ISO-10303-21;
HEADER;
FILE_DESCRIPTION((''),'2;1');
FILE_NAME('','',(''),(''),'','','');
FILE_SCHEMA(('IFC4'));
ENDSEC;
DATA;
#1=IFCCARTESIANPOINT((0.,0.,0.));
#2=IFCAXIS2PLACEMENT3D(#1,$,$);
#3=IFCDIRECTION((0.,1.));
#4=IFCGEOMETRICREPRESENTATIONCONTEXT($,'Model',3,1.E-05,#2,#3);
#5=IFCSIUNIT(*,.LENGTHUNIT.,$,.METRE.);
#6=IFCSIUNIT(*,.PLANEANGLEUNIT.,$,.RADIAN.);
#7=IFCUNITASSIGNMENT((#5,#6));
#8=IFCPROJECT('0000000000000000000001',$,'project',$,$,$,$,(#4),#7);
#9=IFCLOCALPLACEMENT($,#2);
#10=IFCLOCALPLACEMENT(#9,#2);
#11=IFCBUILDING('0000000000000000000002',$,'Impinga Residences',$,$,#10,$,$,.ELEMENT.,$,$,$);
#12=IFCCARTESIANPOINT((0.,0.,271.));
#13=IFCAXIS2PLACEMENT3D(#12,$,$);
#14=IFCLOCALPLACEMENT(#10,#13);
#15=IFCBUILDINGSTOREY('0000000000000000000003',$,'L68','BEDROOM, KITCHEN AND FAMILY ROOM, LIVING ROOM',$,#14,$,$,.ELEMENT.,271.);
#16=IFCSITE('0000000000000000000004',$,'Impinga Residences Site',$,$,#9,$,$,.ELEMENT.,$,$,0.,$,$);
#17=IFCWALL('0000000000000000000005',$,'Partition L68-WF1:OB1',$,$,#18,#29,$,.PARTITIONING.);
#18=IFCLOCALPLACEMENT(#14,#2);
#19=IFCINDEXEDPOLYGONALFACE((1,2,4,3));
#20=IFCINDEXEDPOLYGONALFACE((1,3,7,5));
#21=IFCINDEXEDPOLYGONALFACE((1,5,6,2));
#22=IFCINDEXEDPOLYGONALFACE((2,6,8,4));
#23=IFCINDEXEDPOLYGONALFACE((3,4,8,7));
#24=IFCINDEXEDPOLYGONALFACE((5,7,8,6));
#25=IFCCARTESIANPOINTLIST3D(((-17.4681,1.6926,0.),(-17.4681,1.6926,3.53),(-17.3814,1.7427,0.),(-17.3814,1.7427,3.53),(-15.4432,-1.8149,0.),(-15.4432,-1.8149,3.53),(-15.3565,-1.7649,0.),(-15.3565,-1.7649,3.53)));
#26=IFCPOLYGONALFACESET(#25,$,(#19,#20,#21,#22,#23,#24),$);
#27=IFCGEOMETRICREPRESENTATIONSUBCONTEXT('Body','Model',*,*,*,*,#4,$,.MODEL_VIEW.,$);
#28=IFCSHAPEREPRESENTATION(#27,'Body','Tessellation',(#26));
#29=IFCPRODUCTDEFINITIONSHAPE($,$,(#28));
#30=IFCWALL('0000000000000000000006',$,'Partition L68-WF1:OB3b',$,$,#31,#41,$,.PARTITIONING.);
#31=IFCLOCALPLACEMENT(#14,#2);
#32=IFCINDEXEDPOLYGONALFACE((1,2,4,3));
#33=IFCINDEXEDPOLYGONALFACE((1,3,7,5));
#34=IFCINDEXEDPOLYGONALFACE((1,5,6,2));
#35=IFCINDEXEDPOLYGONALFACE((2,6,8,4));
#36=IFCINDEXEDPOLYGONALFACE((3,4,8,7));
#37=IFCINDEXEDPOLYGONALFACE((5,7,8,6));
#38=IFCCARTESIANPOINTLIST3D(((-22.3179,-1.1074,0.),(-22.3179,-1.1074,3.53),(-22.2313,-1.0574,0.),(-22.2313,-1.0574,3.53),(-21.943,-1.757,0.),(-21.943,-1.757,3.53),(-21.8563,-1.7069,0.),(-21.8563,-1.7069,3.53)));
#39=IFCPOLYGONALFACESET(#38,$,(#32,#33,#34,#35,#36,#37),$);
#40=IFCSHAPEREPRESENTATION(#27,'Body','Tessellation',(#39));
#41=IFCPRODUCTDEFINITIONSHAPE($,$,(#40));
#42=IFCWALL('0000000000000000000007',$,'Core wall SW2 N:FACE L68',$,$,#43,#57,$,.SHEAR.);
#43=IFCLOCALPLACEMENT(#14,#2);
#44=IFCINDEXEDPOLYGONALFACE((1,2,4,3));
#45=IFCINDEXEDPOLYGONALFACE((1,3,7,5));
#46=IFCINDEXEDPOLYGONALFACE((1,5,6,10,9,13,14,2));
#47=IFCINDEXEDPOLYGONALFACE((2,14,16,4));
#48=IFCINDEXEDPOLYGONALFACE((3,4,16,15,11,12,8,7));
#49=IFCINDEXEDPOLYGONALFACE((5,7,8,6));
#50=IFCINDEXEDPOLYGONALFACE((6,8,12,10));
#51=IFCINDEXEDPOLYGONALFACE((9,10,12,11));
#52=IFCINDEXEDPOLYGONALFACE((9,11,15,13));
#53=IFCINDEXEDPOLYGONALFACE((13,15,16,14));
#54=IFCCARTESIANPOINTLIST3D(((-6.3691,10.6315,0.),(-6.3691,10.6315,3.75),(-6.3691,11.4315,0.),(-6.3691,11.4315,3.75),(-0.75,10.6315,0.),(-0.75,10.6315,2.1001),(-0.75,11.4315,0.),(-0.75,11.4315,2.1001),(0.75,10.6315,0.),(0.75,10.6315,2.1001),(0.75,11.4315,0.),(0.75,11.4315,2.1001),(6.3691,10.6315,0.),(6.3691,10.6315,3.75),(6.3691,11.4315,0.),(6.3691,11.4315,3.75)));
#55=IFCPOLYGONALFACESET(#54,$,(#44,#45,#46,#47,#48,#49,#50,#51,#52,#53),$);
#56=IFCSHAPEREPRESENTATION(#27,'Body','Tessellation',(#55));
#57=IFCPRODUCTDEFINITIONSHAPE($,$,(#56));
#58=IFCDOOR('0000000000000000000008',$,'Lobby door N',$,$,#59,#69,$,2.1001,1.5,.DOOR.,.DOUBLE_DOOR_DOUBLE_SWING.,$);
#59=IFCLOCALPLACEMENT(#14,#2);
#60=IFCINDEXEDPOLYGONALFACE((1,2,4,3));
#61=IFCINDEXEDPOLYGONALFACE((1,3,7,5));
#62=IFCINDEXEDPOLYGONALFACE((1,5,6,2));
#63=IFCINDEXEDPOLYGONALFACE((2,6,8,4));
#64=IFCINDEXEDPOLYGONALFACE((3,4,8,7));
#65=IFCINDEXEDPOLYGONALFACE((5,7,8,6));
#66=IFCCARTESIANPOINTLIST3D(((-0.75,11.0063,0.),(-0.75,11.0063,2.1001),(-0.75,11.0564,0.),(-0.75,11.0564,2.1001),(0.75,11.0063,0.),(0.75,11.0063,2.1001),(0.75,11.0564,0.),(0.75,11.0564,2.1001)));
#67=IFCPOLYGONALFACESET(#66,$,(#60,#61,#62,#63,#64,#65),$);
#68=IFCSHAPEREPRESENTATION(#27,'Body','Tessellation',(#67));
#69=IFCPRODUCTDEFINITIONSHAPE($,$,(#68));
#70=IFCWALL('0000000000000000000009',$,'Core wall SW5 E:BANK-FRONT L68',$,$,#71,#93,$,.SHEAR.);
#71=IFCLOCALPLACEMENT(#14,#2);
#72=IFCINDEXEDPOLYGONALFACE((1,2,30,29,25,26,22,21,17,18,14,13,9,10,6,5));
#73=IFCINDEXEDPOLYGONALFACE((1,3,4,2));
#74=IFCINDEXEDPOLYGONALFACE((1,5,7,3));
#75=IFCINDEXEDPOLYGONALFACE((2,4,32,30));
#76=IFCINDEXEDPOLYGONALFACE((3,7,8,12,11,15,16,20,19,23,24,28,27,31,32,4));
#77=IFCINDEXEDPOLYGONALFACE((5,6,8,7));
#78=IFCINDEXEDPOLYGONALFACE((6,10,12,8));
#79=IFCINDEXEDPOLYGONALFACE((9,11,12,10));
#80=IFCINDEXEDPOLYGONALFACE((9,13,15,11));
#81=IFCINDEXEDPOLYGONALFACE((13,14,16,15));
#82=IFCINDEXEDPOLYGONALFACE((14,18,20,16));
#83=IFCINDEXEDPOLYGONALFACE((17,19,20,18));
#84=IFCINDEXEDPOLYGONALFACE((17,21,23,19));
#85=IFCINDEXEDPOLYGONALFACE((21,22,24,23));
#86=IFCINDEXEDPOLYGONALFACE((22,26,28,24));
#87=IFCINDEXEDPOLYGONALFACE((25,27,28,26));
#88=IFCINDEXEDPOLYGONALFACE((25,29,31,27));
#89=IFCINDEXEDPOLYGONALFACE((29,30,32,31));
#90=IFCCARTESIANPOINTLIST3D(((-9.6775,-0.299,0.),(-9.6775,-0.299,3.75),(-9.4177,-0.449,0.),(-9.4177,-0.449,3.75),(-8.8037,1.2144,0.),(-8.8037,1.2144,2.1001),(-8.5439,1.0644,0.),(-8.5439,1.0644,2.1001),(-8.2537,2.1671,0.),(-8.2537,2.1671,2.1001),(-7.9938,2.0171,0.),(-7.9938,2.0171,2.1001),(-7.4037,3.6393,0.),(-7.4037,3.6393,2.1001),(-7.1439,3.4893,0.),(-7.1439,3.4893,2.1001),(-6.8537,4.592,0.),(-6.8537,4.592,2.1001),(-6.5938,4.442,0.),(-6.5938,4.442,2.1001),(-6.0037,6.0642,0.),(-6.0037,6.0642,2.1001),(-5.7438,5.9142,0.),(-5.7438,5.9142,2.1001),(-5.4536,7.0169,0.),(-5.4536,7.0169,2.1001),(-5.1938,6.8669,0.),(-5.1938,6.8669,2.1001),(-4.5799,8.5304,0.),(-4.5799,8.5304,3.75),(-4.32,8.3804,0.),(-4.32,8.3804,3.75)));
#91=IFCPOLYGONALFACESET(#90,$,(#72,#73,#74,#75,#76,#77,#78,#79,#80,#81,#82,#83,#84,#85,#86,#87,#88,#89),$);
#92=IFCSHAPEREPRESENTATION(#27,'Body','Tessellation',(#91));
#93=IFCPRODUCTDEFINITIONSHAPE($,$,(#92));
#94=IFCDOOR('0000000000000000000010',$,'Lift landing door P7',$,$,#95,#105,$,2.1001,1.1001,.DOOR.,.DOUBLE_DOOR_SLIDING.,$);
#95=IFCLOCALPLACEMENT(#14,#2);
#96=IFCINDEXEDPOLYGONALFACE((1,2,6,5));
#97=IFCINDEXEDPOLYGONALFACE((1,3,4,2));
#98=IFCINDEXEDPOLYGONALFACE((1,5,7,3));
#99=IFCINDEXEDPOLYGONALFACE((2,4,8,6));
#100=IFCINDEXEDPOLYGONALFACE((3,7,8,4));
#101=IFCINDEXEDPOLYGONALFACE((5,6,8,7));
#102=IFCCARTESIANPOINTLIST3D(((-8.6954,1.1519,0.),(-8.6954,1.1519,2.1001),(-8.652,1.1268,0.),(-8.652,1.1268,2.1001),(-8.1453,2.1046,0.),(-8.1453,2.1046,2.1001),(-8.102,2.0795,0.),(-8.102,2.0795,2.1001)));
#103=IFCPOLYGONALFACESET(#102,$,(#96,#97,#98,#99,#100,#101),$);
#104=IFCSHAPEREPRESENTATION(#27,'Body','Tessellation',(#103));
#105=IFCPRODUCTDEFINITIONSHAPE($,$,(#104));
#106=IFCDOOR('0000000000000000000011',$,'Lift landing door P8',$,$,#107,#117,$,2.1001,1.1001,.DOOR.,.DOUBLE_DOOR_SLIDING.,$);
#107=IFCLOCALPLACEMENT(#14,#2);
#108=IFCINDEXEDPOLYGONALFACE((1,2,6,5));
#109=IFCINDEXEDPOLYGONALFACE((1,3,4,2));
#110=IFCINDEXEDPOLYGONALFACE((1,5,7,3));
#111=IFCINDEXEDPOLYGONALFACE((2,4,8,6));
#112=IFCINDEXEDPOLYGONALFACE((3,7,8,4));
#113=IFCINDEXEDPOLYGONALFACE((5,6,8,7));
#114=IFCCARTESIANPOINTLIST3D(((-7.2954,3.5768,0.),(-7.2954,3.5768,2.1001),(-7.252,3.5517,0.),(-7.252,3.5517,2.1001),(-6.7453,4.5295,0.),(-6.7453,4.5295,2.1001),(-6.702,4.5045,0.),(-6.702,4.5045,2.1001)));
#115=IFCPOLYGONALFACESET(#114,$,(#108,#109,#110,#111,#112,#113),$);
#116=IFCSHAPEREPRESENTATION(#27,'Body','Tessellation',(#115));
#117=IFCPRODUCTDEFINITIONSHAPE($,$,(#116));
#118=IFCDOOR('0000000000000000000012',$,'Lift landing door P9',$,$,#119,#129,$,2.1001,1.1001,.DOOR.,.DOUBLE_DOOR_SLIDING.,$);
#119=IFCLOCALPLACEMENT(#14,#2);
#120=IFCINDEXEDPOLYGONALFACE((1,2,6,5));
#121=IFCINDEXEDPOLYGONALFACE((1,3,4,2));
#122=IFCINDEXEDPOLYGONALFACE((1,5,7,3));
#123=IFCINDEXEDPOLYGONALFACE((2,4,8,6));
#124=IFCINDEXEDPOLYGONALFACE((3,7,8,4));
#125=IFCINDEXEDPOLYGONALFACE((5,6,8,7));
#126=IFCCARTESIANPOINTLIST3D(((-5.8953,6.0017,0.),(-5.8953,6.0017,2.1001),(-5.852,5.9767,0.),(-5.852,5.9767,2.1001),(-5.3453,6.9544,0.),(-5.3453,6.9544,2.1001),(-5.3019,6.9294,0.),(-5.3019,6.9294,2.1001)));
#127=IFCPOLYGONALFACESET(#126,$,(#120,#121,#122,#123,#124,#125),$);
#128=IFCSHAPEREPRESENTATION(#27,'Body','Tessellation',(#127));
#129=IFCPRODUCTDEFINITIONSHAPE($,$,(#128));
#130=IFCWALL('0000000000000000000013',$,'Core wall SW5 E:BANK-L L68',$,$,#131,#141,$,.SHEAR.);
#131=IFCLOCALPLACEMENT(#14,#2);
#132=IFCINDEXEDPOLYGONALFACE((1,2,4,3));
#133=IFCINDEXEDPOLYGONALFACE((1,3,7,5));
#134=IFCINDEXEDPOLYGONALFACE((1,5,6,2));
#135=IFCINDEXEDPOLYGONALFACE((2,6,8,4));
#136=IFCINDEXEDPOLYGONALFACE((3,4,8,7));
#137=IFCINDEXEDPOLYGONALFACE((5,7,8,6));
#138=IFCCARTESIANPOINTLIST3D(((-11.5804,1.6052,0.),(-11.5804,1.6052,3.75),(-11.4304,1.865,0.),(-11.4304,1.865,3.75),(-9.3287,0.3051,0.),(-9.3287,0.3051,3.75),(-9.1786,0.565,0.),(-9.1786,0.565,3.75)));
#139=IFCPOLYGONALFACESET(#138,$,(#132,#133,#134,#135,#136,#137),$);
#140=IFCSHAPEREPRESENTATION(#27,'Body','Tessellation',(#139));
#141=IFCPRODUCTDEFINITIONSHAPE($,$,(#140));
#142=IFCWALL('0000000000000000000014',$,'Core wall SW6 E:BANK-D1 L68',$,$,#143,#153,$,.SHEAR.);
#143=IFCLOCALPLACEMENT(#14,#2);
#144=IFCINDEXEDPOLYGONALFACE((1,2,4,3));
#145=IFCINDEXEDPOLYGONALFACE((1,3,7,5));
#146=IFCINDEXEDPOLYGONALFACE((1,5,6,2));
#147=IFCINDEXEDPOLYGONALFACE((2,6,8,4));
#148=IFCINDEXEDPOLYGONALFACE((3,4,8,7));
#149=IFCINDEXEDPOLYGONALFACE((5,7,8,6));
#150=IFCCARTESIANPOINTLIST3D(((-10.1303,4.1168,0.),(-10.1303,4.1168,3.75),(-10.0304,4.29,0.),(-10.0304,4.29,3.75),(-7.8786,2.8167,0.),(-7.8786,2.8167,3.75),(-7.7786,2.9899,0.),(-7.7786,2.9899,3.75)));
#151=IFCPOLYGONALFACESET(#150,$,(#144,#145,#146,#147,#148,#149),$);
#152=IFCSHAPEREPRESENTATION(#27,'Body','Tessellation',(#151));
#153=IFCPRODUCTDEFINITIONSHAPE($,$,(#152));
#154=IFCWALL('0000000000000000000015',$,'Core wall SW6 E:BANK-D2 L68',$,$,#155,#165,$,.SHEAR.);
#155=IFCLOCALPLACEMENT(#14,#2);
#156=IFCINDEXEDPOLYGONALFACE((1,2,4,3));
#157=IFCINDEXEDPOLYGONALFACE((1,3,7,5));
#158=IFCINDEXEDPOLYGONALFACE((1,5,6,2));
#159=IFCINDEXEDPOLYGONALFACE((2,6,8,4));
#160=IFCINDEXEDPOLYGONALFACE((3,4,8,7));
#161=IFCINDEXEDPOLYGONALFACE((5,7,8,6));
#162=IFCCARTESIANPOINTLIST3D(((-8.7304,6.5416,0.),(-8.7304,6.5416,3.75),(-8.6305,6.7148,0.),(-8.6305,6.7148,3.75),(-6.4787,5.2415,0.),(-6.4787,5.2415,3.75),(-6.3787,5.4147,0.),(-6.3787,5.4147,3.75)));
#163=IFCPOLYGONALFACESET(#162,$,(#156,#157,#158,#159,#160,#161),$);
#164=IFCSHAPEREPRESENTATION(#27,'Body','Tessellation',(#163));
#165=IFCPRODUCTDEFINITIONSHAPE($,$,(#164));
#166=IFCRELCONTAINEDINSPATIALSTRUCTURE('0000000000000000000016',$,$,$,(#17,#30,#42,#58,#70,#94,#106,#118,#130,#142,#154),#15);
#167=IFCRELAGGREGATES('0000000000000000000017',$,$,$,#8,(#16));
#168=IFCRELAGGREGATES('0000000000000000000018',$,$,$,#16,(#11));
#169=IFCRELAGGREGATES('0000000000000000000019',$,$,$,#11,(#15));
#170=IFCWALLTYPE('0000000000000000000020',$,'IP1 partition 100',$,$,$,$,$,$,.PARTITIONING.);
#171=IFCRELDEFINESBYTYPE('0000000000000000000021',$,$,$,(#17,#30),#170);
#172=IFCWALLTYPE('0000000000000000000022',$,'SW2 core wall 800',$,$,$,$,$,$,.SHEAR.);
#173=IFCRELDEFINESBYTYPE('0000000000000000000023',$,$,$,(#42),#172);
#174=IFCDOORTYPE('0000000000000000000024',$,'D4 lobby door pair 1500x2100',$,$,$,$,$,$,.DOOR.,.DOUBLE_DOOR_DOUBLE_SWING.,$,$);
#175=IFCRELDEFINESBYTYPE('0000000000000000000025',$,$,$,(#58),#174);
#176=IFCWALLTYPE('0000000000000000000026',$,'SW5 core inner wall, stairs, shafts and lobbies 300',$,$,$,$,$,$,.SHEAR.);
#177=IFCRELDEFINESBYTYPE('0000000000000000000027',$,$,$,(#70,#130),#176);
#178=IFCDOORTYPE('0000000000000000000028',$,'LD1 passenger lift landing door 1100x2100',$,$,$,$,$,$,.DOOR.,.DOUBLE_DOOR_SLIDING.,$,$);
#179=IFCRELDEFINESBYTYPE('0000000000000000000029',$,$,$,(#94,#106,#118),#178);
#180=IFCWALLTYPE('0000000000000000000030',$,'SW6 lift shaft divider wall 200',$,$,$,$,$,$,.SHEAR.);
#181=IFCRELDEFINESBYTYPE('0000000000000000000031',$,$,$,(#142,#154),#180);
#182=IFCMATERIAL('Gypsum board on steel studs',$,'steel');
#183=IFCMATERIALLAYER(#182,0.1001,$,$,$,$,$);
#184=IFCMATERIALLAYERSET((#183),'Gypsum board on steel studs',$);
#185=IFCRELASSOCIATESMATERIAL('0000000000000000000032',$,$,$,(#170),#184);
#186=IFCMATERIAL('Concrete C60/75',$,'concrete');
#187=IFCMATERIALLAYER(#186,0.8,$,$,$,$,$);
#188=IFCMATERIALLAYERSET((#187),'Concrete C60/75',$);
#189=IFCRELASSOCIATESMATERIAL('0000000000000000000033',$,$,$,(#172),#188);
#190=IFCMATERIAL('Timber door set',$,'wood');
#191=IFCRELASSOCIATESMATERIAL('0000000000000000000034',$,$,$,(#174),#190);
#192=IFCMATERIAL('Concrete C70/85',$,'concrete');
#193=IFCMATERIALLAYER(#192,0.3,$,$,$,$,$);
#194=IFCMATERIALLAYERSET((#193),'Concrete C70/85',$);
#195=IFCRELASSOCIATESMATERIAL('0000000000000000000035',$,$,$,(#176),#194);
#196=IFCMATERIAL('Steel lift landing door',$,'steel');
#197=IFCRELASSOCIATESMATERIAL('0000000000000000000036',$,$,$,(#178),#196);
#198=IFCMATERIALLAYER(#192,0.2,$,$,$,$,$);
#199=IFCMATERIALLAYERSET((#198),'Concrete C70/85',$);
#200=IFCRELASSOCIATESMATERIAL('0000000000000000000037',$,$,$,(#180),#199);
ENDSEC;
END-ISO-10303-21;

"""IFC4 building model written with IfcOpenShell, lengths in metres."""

from ifc_helpers import new_model, si_unit, direction, frame, frame_2d, origin, place, context, subcontext, project, spatial, rectangle, extrude, material, layer, layer_set, type_object, element, fill, save


model = new_model("IFC4")

# Units and contexts
model_context = context("Model", 3, precision=1e-05, world=origin(), true_north=direction((0.0, 1.0)))
body_context = subcontext(model_context, "Body", "Model", "MODEL_VIEW")
ifc_project = project(units=[si_unit("LENGTHUNIT", "METRE"), si_unit("PLANEANGLEUNIT", "RADIAN")], contexts=[model_context])

# Site, building, storey
site_placement = place(None, origin())
site = spatial("IfcSite", under=ifc_project, at=site_placement, Name="Impinga Residences Site", CompositionType="ELEMENT", RefElevation=0.0)
building_placement = place(site_placement, origin())
building = spatial("IfcBuilding", under=site, at=building_placement, Name="Impinga Residences", CompositionType="ELEMENT")
storey_placement = place(building_placement, frame((0.0, 0.0, 271.0)))
storey = spatial("IfcBuildingStorey", under=building, at=storey_placement, Name="L68", Description="BEDROOM, KITCHEN AND FAMILY ROOM, LIVING ROOM", CompositionType="ELEMENT", Elevation=271.0)

# Shared definitions
ifc_material_1 = material(Name="Concrete C60/75", Category="concrete")

# Shared definitions
ifc_material_2 = material(Name="Gypsum board on steel studs", Category="steel")
ifc_layer_1 = layer(ifc_material_2, 0.1001)
ifc_layer_set_1 = layer_set([ifc_layer_1], Name="Gypsum board on steel studs")
wall_type_1 = type_object("IfcWallType", Name="IP1 partition 100", PredefinedType="PARTITIONING", material=ifc_layer_set_1)

# Shared definitions
ifc_material_3 = material(Name="Timber door set", Category="wood")

# Walls
wall_1_placement = place(storey_placement, frame((-15.3999, -1.7898, 0.0), z_axis=(0.0, 0.0, 1.0), x_axis=(-0.499964, 0.866046, 0.0)))
element("IfcWall", 1, at=wall_1_placement, inside=storey, type_object=wall_type_1, Name="Partition L68-WF1:OB1", PredefinedType="PARTITIONING", context=body_context, shape_type="SweptSolid", body=[
    extrude(rectangle(XDim=4.05, YDim=0.1001, at=frame_2d((2.0249, 0.0))), origin(), (0.0, 0.0, 1.0), 3.53),
])
wall_2_placement = place(storey_placement, frame((-21.8997, -1.7319, 0.0), z_axis=(0.0, 0.0, 1.0), x_axis=(-0.49992, 0.866072, 0.0)))
element("IfcWall", 2, at=wall_2_placement, inside=storey, type_object=wall_type_1, Name="Partition L68-WF1:OB3b", PredefinedType="PARTITIONING", context=body_context, shape_type="SweptSolid", body=[
    extrude(rectangle(XDim=0.75, YDim=0.1001, at=frame_2d((0.375, 0.0))), origin(), (0.0, 0.0, 1.0), 3.53),
])

# Wall, opening, door
ifc_layer_2 = layer(ifc_material_1, 0.8)
ifc_layer_set_2 = layer_set([ifc_layer_2], Name="Concrete C60/75")
wall_type_2 = type_object("IfcWallType", Name="SW2 core wall 800", PredefinedType="SHEAR", material=ifc_layer_set_2)
wall_3_placement = place(storey_placement, frame((-6.3691, 11.0315, 0.0), z_axis=(0.0, 0.0, 1.0), x_axis=(1.0, 0.0, 0.0)))
wall_3 = element("IfcWall", 3, at=wall_3_placement, inside=storey, type_object=wall_type_2, Name="Core wall SW2 N:FACE L68", PredefinedType="SHEAR", context=body_context, shape_type="SweptSolid", body=[
    extrude(rectangle(XDim=12.7383, YDim=0.8, at=frame_2d((6.3691, 0.0))), origin(), (0.0, 0.0, 1.0), 3.75),
])
opening_1_placement = place(wall_3_placement, frame((5.6191, 0.0, 0.0)))
opening_1 = element("IfcOpeningElement", 4, at=opening_1_placement, cuts=wall_3, PredefinedType="OPENING", context=body_context, shape_type="SweptSolid", body=[
    extrude(rectangle(XDim=1.5, YDim=2.1001, at=frame_2d((0.75, 1.05))), frame((0.0, 0.4099, 0.0), z_axis=(0.0, -1.0, 0.0), x_axis=(1.0, 0.0, 0.0)), (0.0, 0.0, 1.0), 0.8201),
])
door_type_1 = type_object("IfcDoorType", Name="D4 lobby door pair 1500x2100", OperationType="DOUBLE_DOOR_DOUBLE_SWING", PredefinedType="DOOR", material=ifc_material_3)
door_1_placement = place(opening_1_placement, origin())
door_1 = element("IfcDoor", 5, at=door_1_placement, inside=storey, type_object=door_type_1, Name="Lobby door N", OperationType="DOUBLE_DOOR_DOUBLE_SWING", OverallHeight=2.1001, OverallWidth=1.5, PredefinedType="DOOR", context=body_context, shape_type="SweptSolid", body=[
    extrude(rectangle(XDim=1.5, YDim=2.1001, at=frame_2d((0.75, 1.05))), frame((0.0, 0.0249, 0.0), z_axis=(0.0, -1.0, 0.0), x_axis=(1.0, 0.0, 0.0)), (0.0, 0.0, 1.0), 0.05),
])
fill(opening_1, door_1)

# Wall, openings, doors
ifc_material_4 = material(Name="Concrete C70/85", Category="concrete")
ifc_layer_3 = layer(ifc_material_4, 0.3)
ifc_layer_set_3 = layer_set([ifc_layer_3], Name="Concrete C70/85")
wall_type_3 = type_object("IfcWallType", Name="SW5 core inner wall, stairs, shafts and lobbies 300", PredefinedType="SHEAR", material=ifc_layer_set_3)
wall_4_placement = place(storey_placement, frame((-9.5476, -0.374, 0.0), z_axis=(0.0, 0.0, 1.0), x_axis=(0.500002, 0.866024, 0.0)))
wall_4 = element("IfcWall", 6, at=wall_4_placement, inside=storey, type_object=wall_type_3, Name="Core wall SW5 E:BANK-FRONT L68", PredefinedType="SHEAR", context=body_context, shape_type="SweptSolid", body=[
    extrude(rectangle(XDim=10.1953, YDim=0.3, at=frame_2d((5.0977, 0.0))), origin(), (0.0, 0.0, 1.0), 3.75),
])
opening_2_placement = place(wall_4_placement, frame((1.7476, 0.0, 0.0)))
opening_2 = element("IfcOpeningElement", 7, at=opening_2_placement, cuts=wall_4, PredefinedType="OPENING", context=body_context, shape_type="SweptSolid", body=[
    extrude(rectangle(XDim=1.1001, YDim=2.1001, at=frame_2d((0.55, 1.05))), frame((0.0, 0.1599, 0.0), z_axis=(0.0, -1.0, 0.0), x_axis=(1.0, 0.0, 0.0)), (0.0, 0.0, 1.0), 0.3201),
])
opening_3_placement = place(wall_4_placement, frame((4.5476, 0.0, 0.0)))
opening_3 = element("IfcOpeningElement", 8, at=opening_3_placement, cuts=wall_4, PredefinedType="OPENING", context=body_context, shape_type="SweptSolid", body=[
    extrude(rectangle(XDim=1.1001, YDim=2.1001, at=frame_2d((0.55, 1.05))), frame((0.0, 0.1599, 0.0), z_axis=(0.0, -1.0, 0.0), x_axis=(1.0, 0.0, 0.0)), (0.0, 0.0, 1.0), 0.3201),
])
opening_4_placement = place(wall_4_placement, frame((7.3477, 0.0, 0.0)))
opening_4 = element("IfcOpeningElement", 9, at=opening_4_placement, cuts=wall_4, PredefinedType="OPENING", context=body_context, shape_type="SweptSolid", body=[
    extrude(rectangle(XDim=1.1001, YDim=2.1001, at=frame_2d((0.55, 1.05))), frame((0.0, 0.1599, 0.0), z_axis=(0.0, -1.0, 0.0), x_axis=(1.0, 0.0, 0.0)), (0.0, 0.0, 1.0), 0.3201),
])
ifc_material_5 = material(Name="Steel lift landing door", Category="steel")
door_type_2 = type_object("IfcDoorType", Name="LD1 passenger lift landing door 1100x2100", OperationType="DOUBLE_DOOR_SLIDING", PredefinedType="DOOR", material=ifc_material_5)
door_2_placement = place(opening_2_placement, origin())
door_2 = element("IfcDoor", 10, at=door_2_placement, inside=storey, type_object=door_type_2, Name="Lift landing door P7", OperationType="DOUBLE_DOOR_SLIDING", OverallHeight=2.1001, OverallWidth=1.1001, PredefinedType="DOOR", context=body_context, shape_type="SweptSolid", body=[
    extrude(rectangle(XDim=1.1001, YDim=2.1001, at=frame_2d((0.55, 1.05))), frame((0.0, 0.0249, 0.0), z_axis=(0.0, -1.0, 0.0), x_axis=(1.0, 0.0, 0.0)), (0.0, 0.0, 1.0), 0.05),
])
fill(opening_2, door_2)
door_3_placement = place(opening_3_placement, origin())
door_3 = element("IfcDoor", 11, at=door_3_placement, inside=storey, type_object=door_type_2, Name="Lift landing door P8", OperationType="DOUBLE_DOOR_SLIDING", OverallHeight=2.1001, OverallWidth=1.1001, PredefinedType="DOOR", context=body_context, shape_type="SweptSolid", body=[
    extrude(rectangle(XDim=1.1001, YDim=2.1001, at=frame_2d((0.55, 1.05))), frame((0.0, 0.0249, 0.0), z_axis=(0.0, -1.0, 0.0), x_axis=(1.0, 0.0, 0.0)), (0.0, 0.0, 1.0), 0.05),
])
fill(opening_3, door_3)
door_4_placement = place(opening_4_placement, origin())
door_4 = element("IfcDoor", 12, at=door_4_placement, inside=storey, type_object=door_type_2, Name="Lift landing door P9", OperationType="DOUBLE_DOOR_SLIDING", OverallHeight=2.1001, OverallWidth=1.1001, PredefinedType="DOOR", context=body_context, shape_type="SweptSolid", body=[
    extrude(rectangle(XDim=1.1001, YDim=2.1001, at=frame_2d((0.55, 1.05))), frame((0.0, 0.0249, 0.0), z_axis=(0.0, -1.0, 0.0), x_axis=(1.0, 0.0, 0.0)), (0.0, 0.0, 1.0), 0.05),
])
fill(opening_4, door_4)

# Walls
wall_5_placement = place(storey_placement, frame((-9.2537, 0.4351, 0.0), z_axis=(0.0, 0.0, 1.0), x_axis=(-0.866021, 0.500007, 0.0)))
element("IfcWall", 13, at=wall_5_placement, inside=storey, type_object=wall_type_3, Name="Core wall SW5 E:BANK-L L68", PredefinedType="SHEAR", context=body_context, shape_type="SweptSolid", body=[
    extrude(rectangle(XDim=2.6001, YDim=0.3, at=frame_2d((1.3, 0.0))), origin(), (0.0, 0.0, 1.0), 3.75),
])
ifc_layer_4 = layer(ifc_material_4, 0.2)
ifc_layer_set_4 = layer_set([ifc_layer_4], Name="Concrete C70/85")
wall_type_4 = type_object("IfcWallType", Name="SW6 lift shaft divider wall 200", PredefinedType="SHEAR", material=ifc_layer_set_4)
for number, where, z_axis, x_axis, name in (
    (14, (-7.8286, 2.9033, 0.0), (0.0, 0.0, 1.0), (-0.866021, 0.500007, 0.0), "Core wall SW6 E:BANK-D1 L68"),
    (15, (-6.4287, 5.3281, 0.0), (0.0, 0.0, 1.0), (-0.866021, 0.500007, 0.0), "Core wall SW6 E:BANK-D2 L68"),
):
    element("IfcWall", number, at=place(storey_placement, frame(where, z_axis=z_axis, x_axis=x_axis)), inside=storey, type_object=wall_type_4, Name=name, PredefinedType="SHEAR", context=body_context, shape_type="SweptSolid", body=[
        extrude(rectangle(XDim=2.6001, YDim=0.2, at=frame_2d((1.3, 0.0))), origin(), (0.0, 0.0, 1.0), 3.75),
    ])

save(model, "model.ifc")
